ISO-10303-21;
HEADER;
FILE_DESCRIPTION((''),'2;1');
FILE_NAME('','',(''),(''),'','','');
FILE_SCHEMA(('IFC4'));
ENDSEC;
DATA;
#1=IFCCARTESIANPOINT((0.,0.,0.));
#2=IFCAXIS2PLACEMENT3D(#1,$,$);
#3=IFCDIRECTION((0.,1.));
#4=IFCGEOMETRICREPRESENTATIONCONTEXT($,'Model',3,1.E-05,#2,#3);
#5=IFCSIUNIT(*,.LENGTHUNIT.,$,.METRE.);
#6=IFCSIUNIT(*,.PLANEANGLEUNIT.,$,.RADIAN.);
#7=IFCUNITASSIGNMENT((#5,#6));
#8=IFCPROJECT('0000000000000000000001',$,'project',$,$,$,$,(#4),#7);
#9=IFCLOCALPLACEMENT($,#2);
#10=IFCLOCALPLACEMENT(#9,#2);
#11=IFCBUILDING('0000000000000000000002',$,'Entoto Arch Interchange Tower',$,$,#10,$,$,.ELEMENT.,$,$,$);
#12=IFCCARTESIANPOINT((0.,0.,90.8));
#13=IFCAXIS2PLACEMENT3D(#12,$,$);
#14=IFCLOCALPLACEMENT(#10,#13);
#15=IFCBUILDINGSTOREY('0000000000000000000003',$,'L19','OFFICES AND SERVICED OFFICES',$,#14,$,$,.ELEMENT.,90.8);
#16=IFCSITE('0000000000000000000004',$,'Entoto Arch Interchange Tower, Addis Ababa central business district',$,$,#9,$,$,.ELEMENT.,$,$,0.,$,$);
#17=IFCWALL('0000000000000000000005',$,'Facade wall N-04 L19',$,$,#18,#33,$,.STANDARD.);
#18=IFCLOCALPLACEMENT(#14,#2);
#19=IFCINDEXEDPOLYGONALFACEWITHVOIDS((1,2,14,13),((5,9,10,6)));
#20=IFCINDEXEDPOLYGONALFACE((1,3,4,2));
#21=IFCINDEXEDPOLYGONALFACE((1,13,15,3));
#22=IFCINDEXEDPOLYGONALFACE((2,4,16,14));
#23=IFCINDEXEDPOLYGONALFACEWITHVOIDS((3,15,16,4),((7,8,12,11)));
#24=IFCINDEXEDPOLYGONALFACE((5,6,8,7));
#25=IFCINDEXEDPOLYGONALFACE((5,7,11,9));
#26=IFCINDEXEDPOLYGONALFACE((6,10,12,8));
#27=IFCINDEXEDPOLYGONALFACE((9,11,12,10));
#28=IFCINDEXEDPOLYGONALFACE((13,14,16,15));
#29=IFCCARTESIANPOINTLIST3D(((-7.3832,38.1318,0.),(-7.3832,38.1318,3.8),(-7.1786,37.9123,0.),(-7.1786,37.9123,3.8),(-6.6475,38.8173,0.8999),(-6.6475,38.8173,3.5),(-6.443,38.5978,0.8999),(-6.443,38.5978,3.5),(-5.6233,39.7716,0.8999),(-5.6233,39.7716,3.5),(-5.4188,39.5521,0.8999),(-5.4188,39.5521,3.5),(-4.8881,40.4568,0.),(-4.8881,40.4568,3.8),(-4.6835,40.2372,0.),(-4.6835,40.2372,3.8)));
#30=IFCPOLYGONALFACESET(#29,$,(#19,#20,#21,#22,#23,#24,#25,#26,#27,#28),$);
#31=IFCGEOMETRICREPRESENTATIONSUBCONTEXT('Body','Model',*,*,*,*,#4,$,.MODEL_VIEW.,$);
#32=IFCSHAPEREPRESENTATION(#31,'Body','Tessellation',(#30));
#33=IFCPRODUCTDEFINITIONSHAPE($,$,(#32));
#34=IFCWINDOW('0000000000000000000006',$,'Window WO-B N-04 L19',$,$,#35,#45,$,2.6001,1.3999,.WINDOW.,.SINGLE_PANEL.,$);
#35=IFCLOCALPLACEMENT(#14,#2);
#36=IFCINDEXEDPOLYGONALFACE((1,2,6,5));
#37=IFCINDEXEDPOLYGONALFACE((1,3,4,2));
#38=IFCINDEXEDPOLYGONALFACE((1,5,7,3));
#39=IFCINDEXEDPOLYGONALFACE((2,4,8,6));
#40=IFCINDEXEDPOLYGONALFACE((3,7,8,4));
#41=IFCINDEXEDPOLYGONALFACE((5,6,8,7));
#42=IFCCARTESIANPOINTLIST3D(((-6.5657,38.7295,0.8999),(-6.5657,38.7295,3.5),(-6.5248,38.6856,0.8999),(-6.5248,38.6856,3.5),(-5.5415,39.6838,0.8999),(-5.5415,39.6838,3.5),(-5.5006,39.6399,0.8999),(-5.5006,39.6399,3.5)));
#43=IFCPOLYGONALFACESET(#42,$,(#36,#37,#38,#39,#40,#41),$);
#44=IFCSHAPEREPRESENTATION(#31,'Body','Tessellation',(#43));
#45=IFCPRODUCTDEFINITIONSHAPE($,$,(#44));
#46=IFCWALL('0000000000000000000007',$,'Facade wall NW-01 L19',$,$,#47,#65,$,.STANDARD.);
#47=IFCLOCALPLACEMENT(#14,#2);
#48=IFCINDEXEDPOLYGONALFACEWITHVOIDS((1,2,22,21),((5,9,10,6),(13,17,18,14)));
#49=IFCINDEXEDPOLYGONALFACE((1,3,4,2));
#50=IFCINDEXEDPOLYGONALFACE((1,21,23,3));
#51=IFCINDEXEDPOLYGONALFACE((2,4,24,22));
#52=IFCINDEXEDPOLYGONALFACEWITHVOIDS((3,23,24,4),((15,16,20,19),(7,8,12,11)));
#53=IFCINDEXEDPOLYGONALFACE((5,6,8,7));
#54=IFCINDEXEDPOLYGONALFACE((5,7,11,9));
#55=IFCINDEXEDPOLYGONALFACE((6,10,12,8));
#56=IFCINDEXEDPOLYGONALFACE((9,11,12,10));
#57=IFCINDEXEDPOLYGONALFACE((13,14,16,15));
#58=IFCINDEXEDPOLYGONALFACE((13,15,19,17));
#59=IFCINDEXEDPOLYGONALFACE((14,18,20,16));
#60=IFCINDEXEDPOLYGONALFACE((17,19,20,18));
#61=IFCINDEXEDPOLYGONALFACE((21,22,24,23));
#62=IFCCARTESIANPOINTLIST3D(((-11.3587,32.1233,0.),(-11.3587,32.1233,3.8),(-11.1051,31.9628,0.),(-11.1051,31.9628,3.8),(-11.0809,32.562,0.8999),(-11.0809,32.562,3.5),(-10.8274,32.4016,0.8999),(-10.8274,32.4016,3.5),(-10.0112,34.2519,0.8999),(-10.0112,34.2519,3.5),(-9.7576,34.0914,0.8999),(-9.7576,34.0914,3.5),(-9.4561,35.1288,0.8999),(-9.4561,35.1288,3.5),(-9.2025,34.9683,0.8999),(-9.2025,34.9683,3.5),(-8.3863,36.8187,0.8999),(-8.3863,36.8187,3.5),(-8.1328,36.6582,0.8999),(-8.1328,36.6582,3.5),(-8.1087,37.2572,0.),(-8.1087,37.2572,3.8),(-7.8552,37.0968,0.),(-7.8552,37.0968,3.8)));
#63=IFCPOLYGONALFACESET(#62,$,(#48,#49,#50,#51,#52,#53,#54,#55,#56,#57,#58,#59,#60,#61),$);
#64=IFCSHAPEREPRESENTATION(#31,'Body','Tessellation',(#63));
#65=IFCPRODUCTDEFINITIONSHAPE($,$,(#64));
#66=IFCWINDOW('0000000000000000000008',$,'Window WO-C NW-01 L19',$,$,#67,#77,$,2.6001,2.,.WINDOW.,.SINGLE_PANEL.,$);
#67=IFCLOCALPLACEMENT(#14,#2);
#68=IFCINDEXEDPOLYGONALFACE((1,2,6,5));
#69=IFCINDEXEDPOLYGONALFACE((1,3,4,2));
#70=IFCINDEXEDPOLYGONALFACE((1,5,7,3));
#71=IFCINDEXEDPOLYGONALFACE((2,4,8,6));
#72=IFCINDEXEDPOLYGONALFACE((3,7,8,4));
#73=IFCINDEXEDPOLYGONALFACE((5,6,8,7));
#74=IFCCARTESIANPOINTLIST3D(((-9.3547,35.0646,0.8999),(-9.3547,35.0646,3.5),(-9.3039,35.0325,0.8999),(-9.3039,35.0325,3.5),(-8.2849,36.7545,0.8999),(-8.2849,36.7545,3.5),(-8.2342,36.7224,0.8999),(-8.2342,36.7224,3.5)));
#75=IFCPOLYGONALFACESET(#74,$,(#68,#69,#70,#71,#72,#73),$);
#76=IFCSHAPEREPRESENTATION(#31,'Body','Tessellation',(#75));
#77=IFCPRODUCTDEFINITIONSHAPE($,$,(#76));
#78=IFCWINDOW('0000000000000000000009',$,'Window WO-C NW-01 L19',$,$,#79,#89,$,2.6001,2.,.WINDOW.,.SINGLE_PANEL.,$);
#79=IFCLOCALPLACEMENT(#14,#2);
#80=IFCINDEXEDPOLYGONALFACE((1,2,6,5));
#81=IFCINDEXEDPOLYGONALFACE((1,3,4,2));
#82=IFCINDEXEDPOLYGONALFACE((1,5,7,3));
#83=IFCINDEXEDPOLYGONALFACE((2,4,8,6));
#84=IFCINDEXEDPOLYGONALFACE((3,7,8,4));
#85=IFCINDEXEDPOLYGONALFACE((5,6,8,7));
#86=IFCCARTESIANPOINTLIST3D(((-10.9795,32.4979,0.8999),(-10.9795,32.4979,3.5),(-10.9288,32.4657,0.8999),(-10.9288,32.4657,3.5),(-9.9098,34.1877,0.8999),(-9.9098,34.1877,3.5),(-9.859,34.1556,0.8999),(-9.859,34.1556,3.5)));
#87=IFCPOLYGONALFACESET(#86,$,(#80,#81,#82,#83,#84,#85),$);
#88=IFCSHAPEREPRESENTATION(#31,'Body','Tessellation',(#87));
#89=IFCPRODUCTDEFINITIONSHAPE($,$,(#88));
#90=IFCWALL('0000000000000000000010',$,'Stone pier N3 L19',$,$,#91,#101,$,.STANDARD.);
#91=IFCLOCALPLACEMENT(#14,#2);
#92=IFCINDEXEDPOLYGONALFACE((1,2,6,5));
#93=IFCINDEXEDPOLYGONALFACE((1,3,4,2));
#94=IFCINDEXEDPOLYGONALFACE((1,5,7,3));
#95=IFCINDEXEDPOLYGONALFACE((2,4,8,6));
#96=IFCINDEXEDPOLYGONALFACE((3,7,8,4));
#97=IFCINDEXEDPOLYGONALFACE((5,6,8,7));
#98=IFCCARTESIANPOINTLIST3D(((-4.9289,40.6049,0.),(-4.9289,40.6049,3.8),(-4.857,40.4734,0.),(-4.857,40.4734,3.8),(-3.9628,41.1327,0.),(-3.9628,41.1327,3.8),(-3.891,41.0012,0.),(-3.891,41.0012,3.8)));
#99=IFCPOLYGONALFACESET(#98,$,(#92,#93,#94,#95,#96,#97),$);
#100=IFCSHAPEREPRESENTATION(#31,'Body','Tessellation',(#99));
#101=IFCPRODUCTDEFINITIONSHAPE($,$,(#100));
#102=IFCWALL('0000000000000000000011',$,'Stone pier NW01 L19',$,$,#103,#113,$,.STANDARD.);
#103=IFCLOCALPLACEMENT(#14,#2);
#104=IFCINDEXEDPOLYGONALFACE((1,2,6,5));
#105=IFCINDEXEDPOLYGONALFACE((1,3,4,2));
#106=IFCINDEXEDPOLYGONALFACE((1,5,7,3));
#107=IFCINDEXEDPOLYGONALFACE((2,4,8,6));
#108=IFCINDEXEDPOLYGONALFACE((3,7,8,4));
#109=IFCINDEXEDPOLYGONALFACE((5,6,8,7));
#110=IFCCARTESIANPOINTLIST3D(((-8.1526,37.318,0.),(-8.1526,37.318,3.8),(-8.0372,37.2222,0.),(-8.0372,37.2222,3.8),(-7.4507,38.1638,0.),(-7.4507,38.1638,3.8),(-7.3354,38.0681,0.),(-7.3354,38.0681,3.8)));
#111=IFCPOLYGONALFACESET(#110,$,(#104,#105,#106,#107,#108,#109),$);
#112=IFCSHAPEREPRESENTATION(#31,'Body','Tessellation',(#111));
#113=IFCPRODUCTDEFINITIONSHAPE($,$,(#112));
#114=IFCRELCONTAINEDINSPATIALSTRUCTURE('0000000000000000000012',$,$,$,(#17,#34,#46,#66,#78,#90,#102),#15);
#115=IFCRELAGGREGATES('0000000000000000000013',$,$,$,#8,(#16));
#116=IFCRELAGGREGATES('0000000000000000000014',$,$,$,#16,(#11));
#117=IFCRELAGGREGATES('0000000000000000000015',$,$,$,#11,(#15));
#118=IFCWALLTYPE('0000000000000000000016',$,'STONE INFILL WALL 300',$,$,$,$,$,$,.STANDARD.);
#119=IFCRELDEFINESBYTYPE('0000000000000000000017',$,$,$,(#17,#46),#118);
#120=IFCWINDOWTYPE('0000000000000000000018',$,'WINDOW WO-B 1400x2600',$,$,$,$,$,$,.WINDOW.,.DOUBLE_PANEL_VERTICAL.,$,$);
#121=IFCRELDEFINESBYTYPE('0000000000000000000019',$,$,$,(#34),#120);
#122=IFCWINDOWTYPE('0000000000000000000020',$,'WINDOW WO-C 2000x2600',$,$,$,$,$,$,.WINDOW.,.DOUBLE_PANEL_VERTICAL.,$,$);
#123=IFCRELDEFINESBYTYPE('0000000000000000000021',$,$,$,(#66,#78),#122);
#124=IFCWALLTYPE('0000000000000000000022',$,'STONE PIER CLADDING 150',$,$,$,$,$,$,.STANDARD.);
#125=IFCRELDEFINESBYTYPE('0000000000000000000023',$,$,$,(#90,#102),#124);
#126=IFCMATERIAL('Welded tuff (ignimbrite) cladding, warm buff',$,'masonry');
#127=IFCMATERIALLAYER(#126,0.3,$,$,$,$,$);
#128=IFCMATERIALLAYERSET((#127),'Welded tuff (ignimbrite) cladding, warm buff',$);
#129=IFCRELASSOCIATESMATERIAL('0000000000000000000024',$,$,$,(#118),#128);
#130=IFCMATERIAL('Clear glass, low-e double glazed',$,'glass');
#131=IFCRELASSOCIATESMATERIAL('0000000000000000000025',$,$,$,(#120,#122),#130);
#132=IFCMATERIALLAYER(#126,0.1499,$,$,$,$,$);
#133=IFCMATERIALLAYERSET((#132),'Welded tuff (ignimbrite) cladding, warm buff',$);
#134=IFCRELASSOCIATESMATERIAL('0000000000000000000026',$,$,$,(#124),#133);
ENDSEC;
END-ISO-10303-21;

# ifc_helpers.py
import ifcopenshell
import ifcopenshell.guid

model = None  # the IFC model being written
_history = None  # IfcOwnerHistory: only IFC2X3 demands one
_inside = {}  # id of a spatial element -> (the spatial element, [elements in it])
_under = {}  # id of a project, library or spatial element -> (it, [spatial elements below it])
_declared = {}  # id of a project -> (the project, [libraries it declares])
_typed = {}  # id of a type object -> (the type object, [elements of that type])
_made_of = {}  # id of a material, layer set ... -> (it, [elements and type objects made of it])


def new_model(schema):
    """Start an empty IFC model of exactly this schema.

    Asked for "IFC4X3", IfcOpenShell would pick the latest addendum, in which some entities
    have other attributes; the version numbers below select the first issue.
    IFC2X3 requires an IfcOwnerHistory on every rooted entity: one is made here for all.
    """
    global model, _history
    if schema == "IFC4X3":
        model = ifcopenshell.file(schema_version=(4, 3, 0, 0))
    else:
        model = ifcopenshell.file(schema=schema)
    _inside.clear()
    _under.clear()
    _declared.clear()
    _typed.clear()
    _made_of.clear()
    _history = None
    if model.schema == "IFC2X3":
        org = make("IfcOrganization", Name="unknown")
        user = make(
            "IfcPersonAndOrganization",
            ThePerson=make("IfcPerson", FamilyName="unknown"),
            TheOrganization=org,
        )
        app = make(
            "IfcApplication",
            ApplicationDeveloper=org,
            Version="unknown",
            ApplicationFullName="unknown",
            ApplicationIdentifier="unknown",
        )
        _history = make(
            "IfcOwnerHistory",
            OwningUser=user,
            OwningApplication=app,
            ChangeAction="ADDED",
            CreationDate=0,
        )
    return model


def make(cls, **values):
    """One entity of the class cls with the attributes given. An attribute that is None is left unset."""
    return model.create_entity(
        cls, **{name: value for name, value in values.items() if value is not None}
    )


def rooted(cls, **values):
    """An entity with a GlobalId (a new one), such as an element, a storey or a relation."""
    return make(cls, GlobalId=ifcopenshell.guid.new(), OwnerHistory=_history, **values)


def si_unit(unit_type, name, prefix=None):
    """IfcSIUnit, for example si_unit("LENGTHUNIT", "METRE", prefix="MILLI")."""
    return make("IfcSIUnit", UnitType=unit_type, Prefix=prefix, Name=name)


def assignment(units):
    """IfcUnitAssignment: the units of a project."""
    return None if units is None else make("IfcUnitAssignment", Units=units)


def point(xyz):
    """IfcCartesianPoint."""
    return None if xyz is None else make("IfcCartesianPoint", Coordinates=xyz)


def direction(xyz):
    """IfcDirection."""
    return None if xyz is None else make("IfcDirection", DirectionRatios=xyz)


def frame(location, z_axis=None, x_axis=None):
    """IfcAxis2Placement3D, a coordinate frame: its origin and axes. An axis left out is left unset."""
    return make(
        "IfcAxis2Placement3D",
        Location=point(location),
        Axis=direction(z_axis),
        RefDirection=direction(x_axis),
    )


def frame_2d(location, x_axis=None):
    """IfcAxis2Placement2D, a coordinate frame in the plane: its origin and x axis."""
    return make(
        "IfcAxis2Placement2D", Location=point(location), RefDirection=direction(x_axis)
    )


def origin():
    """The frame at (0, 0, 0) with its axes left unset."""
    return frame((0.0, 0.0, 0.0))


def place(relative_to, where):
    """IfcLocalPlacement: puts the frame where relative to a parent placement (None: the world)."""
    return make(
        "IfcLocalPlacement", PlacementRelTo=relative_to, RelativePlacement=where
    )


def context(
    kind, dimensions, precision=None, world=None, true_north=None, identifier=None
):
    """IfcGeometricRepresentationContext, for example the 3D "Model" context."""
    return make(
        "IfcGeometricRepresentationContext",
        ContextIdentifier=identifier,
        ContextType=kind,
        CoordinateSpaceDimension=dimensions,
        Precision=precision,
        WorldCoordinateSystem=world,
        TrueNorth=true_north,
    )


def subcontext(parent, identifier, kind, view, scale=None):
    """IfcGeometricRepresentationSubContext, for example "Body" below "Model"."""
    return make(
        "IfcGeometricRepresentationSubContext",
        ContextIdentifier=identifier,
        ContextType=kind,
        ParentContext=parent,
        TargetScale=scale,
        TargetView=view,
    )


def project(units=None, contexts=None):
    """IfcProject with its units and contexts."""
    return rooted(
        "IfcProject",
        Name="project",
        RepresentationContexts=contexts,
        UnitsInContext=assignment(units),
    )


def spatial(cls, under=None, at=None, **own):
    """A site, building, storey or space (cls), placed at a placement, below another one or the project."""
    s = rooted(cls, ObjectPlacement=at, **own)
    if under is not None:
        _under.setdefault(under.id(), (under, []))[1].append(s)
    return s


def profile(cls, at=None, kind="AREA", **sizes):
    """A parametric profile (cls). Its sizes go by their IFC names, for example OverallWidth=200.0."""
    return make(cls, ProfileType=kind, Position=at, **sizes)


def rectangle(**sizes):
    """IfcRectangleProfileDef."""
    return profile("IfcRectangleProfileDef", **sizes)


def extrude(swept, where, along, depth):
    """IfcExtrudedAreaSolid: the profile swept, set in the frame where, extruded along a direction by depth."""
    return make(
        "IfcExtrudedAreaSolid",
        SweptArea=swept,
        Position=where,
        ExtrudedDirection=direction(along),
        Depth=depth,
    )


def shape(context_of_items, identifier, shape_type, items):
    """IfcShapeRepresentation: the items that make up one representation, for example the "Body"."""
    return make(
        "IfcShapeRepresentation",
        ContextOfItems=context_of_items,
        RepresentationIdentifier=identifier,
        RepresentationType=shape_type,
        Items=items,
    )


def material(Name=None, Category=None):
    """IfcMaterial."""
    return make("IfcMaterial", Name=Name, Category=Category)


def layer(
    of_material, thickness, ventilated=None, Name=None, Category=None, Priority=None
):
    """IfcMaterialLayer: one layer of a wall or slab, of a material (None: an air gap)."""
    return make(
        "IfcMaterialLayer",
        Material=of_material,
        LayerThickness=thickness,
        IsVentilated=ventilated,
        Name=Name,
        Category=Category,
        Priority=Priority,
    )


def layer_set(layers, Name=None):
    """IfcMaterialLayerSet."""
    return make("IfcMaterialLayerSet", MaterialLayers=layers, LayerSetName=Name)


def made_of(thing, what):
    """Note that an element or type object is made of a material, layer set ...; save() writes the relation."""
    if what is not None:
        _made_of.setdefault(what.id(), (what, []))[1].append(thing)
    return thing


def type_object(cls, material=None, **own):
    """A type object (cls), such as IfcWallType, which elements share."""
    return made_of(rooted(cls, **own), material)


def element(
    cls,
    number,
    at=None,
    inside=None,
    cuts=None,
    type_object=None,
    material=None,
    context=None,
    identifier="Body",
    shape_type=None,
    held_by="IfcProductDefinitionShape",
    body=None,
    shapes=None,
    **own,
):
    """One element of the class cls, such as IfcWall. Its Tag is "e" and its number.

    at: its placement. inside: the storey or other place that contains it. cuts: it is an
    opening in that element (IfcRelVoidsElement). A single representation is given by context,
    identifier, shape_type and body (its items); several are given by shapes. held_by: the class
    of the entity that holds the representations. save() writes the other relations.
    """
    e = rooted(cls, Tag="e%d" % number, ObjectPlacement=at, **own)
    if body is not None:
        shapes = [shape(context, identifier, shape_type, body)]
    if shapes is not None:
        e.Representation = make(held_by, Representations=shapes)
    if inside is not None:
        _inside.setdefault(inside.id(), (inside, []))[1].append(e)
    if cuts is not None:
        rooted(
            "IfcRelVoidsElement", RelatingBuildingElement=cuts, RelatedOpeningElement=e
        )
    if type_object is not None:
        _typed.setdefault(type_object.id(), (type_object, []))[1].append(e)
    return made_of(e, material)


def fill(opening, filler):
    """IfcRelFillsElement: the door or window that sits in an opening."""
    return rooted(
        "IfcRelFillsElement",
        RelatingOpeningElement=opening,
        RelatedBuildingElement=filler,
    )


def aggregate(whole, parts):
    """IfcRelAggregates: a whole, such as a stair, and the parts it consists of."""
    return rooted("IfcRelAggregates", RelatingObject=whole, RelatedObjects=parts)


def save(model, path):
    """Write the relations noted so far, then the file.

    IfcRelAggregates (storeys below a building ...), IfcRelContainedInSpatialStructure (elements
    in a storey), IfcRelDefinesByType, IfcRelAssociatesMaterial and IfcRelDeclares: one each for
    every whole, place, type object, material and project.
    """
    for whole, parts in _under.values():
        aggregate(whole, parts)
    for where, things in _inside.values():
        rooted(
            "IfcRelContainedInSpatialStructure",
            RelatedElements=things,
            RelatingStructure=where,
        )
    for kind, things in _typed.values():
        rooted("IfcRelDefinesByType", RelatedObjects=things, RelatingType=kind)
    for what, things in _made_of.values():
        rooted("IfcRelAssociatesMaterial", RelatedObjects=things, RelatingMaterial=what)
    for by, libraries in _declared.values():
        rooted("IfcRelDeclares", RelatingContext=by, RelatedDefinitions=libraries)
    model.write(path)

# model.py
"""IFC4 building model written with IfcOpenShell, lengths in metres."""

from ifc_helpers import new_model, si_unit, direction, frame, frame_2d, origin, place, context, subcontext, project, spatial, rectangle, extrude, material, layer, layer_set, type_object, element, fill, save


model = new_model("IFC4")

# Units and contexts
model_context = context("Model", 3, precision=1e-05, world=origin(), true_north=direction((0.0, 1.0)))
body_context = subcontext(model_context, "Body", "Model", "MODEL_VIEW")
ifc_project = project(units=[si_unit("LENGTHUNIT", "METRE"), si_unit("PLANEANGLEUNIT", "RADIAN")], contexts=[model_context])

# Site, building, storey
site_placement = place(None, origin())
site = spatial("IfcSite", under=ifc_project, at=site_placement, Name="Entoto Arch Interchange Tower, Addis Ababa central business district", CompositionType="ELEMENT", RefElevation=0.0)
building_placement = place(site_placement, origin())
building = spatial("IfcBuilding", under=site, at=building_placement, Name="Entoto Arch Interchange Tower", CompositionType="ELEMENT")
storey_placement = place(building_placement, frame((0.0, 0.0, 90.8)))
storey = spatial("IfcBuildingStorey", under=building, at=storey_placement, Name="L19", Description="OFFICES AND SERVICED OFFICES", CompositionType="ELEMENT", Elevation=90.8)

# Wall, opening, window
ifc_material_1 = material(Name="Welded tuff (ignimbrite) cladding, warm buff", Category="masonry")
ifc_layer_1 = layer(ifc_material_1, 0.3)
ifc_layer_set_1 = layer_set([ifc_layer_1], Name="Welded tuff (ignimbrite) cladding, warm buff")
wall_type_1 = type_object("IfcWallType", Name="STONE INFILL WALL 300", PredefinedType="STANDARD", material=ifc_layer_set_1)
ifc_material_2 = material(Name="Clear glass, low-e double glazed", Category="glass")
window_type_1 = type_object("IfcWindowType", Name="WINDOW WO-B 1400x2600", PartitioningType="DOUBLE_PANEL_VERTICAL", PredefinedType="WINDOW", material=ifc_material_2)
wall_1_placement = place(storey_placement, frame((-4.7859, 40.3469, 0.0), z_axis=(0.0, 0.0, 1.0), x_axis=(-0.731614, -0.681719, 0.0)))
wall_1 = element("IfcWall", 1, at=wall_1_placement, inside=storey, type_object=wall_type_1, Name="Facade wall N-04 L19", PredefinedType="STANDARD", context=body_context, shape_type="SweptSolid", body=[
    extrude(rectangle(XDim=3.4104, YDim=0.3, at=frame_2d((1.7051, 0.0))), origin(), (0.0, 0.0, 1.0), 3.8),
])
opening_1_placement = place(wall_1_placement, frame((1.0049, 0.0, 0.8999)))
opening_1 = element("IfcOpeningElement", 2, at=opening_1_placement, cuts=wall_1, PredefinedType="OPENING", context=body_context, shape_type="SweptSolid", body=[
    extrude(rectangle(XDim=1.3999, YDim=2.6001, at=frame_2d((0.7, 1.3))), frame((0.0, 0.1602, 0.0), z_axis=(0.0, -1.0, 0.0), x_axis=(1.0, 0.0, 0.0)), (0.0, 0.0, 1.0), 0.3201),
])
window_1_placement = place(opening_1_placement, origin())
window_1 = element("IfcWindow", 3, at=window_1_placement, inside=storey, type_object=window_type_1, Name="Window WO-B N-04 L19", OverallHeight=2.6001, OverallWidth=1.3999, PartitioningType="SINGLE_PANEL", PredefinedType="WINDOW", context=body_context, shape_type="SweptSolid", body=[
    extrude(rectangle(XDim=1.3999, YDim=2.6001, at=frame_2d((0.7, 1.3))), frame((0.0, 0.03, 0.0), z_axis=(0.0, -1.0, 0.0), x_axis=(1.0, 0.0, 0.0)), (0.0, 0.0, 1.0), 0.0601),
])
fill(opening_1, window_1)

# Wall, openings, windows
wall_2_placement = place(storey_placement, frame((-7.9819, 37.177, 0.0), z_axis=(0.0, 0.0, 1.0), x_axis=(-0.534869, -0.844935, 0.0)))
wall_2 = element("IfcWall", 4, at=wall_2_placement, inside=storey, type_object=wall_type_1, Name="Facade wall NW-01 L19", PredefinedType="STANDARD", context=body_context, shape_type="SweptSolid", body=[
    extrude(rectangle(XDim=6.0762, YDim=0.3, at=frame_2d((3.0381, 0.0))), origin(), (0.0, 0.0, 1.0), 3.8),
])
opening_2_placement = place(wall_2_placement, frame((0.519, 0.0, 0.8999)))
opening_2 = element("IfcOpeningElement", 5, at=opening_2_placement, cuts=wall_2, PredefinedType="OPENING", context=body_context, shape_type="SweptSolid", body=[
    extrude(rectangle(XDim=2.0, YDim=2.6001, at=frame_2d((1.0, 1.3))), frame((0.0, 0.1602, 0.0), z_axis=(0.0, -1.0, 0.0), x_axis=(1.0, 0.0, 0.0)), (0.0, 0.0, 1.0), 0.3201),
])
opening_3_placement = place(wall_2_placement, frame((3.5569, 0.0, 0.8999)))
opening_3 = element("IfcOpeningElement", 6, at=opening_3_placement, cuts=wall_2, PredefinedType="OPENING", context=body_context, shape_type="SweptSolid", body=[
    extrude(rectangle(XDim=2.0, YDim=2.6001, at=frame_2d((1.0, 1.3))), frame((0.0, 0.1602, 0.0), z_axis=(0.0, -1.0, 0.0), x_axis=(1.0, 0.0, 0.0)), (0.0, 0.0, 1.0), 0.3201),
])
window_type_2 = type_object("IfcWindowType", Name="WINDOW WO-C 2000x2600", PartitioningType="DOUBLE_PANEL_VERTICAL", PredefinedType="WINDOW", material=ifc_material_2)
window_2_placement = place(opening_2_placement, origin())
window_2 = element("IfcWindow", 7, at=window_2_placement, inside=storey, type_object=window_type_2, Name="Window WO-C NW-01 L19", OverallHeight=2.6001, OverallWidth=2.0, PartitioningType="SINGLE_PANEL", PredefinedType="WINDOW", context=body_context, shape_type="SweptSolid", body=[
    extrude(rectangle(XDim=2.0, YDim=2.6001, at=frame_2d((1.0, 1.3))), frame((0.0, 0.03, 0.0), z_axis=(0.0, -1.0, 0.0), x_axis=(1.0, 0.0, 0.0)), (0.0, 0.0, 1.0), 0.0601),
])
fill(opening_2, window_2)
window_3_placement = place(opening_3_placement, origin())
window_3 = element("IfcWindow", 8, at=window_3_placement, inside=storey, type_object=window_type_2, Name="Window WO-C NW-01 L19", OverallHeight=2.6001, OverallWidth=2.0, PartitioningType="SINGLE_PANEL", PredefinedType="WINDOW", context=body_context, shape_type="SweptSolid", body=[
    extrude(rectangle(XDim=2.0, YDim=2.6001, at=frame_2d((1.0, 1.3))), frame((0.0, 0.03, 0.0), z_axis=(0.0, -1.0, 0.0), x_axis=(1.0, 0.0, 0.0)), (0.0, 0.0, 1.0), 0.0601),
])
fill(opening_3, window_3)

# Walls
ifc_layer_2 = layer(ifc_material_1, 0.1499)
ifc_layer_set_2 = layer_set([ifc_layer_2], Name="Welded tuff (ignimbrite) cladding, warm buff")
wall_type_2 = type_object("IfcWallType", Name="STONE PIER CLADDING 150", PredefinedType="STANDARD", material=ifc_layer_set_2)
wall_3_placement = place(storey_placement, frame((-3.927, 41.0669, 0.0), z_axis=(0.0, 0.0, 1.0), x_axis=(-0.877556, -0.479474, 0.0)))
element("IfcWall", 9, at=wall_3_placement, inside=storey, type_object=wall_type_2, Name="Stone pier N3 L19", PredefinedType="STANDARD", context=body_context, shape_type="SweptSolid", body=[
    extrude(rectangle(XDim=1.1008, YDim=0.1499, at=frame_2d((0.5503, 0.0))), origin(), (0.0, 0.0, 1.0), 3.8),
])
wall_4_placement = place(storey_placement, frame((-7.3931, 38.116, 0.0), z_axis=(0.0, 0.0, 1.0), x_axis=(-0.638544, -0.769585, 0.0)))
element("IfcWall", 10, at=wall_4_placement, inside=storey, type_object=wall_type_2, Name="Stone pier NW01 L19", PredefinedType="STANDARD", context=body_context, shape_type="SweptSolid", body=[
    extrude(rectangle(XDim=1.0991, YDim=0.1499, at=frame_2d((0.5496, 0.0))), origin(), (0.0, 0.0, 1.0), 3.8),
])

save(model, "model.ifc")
